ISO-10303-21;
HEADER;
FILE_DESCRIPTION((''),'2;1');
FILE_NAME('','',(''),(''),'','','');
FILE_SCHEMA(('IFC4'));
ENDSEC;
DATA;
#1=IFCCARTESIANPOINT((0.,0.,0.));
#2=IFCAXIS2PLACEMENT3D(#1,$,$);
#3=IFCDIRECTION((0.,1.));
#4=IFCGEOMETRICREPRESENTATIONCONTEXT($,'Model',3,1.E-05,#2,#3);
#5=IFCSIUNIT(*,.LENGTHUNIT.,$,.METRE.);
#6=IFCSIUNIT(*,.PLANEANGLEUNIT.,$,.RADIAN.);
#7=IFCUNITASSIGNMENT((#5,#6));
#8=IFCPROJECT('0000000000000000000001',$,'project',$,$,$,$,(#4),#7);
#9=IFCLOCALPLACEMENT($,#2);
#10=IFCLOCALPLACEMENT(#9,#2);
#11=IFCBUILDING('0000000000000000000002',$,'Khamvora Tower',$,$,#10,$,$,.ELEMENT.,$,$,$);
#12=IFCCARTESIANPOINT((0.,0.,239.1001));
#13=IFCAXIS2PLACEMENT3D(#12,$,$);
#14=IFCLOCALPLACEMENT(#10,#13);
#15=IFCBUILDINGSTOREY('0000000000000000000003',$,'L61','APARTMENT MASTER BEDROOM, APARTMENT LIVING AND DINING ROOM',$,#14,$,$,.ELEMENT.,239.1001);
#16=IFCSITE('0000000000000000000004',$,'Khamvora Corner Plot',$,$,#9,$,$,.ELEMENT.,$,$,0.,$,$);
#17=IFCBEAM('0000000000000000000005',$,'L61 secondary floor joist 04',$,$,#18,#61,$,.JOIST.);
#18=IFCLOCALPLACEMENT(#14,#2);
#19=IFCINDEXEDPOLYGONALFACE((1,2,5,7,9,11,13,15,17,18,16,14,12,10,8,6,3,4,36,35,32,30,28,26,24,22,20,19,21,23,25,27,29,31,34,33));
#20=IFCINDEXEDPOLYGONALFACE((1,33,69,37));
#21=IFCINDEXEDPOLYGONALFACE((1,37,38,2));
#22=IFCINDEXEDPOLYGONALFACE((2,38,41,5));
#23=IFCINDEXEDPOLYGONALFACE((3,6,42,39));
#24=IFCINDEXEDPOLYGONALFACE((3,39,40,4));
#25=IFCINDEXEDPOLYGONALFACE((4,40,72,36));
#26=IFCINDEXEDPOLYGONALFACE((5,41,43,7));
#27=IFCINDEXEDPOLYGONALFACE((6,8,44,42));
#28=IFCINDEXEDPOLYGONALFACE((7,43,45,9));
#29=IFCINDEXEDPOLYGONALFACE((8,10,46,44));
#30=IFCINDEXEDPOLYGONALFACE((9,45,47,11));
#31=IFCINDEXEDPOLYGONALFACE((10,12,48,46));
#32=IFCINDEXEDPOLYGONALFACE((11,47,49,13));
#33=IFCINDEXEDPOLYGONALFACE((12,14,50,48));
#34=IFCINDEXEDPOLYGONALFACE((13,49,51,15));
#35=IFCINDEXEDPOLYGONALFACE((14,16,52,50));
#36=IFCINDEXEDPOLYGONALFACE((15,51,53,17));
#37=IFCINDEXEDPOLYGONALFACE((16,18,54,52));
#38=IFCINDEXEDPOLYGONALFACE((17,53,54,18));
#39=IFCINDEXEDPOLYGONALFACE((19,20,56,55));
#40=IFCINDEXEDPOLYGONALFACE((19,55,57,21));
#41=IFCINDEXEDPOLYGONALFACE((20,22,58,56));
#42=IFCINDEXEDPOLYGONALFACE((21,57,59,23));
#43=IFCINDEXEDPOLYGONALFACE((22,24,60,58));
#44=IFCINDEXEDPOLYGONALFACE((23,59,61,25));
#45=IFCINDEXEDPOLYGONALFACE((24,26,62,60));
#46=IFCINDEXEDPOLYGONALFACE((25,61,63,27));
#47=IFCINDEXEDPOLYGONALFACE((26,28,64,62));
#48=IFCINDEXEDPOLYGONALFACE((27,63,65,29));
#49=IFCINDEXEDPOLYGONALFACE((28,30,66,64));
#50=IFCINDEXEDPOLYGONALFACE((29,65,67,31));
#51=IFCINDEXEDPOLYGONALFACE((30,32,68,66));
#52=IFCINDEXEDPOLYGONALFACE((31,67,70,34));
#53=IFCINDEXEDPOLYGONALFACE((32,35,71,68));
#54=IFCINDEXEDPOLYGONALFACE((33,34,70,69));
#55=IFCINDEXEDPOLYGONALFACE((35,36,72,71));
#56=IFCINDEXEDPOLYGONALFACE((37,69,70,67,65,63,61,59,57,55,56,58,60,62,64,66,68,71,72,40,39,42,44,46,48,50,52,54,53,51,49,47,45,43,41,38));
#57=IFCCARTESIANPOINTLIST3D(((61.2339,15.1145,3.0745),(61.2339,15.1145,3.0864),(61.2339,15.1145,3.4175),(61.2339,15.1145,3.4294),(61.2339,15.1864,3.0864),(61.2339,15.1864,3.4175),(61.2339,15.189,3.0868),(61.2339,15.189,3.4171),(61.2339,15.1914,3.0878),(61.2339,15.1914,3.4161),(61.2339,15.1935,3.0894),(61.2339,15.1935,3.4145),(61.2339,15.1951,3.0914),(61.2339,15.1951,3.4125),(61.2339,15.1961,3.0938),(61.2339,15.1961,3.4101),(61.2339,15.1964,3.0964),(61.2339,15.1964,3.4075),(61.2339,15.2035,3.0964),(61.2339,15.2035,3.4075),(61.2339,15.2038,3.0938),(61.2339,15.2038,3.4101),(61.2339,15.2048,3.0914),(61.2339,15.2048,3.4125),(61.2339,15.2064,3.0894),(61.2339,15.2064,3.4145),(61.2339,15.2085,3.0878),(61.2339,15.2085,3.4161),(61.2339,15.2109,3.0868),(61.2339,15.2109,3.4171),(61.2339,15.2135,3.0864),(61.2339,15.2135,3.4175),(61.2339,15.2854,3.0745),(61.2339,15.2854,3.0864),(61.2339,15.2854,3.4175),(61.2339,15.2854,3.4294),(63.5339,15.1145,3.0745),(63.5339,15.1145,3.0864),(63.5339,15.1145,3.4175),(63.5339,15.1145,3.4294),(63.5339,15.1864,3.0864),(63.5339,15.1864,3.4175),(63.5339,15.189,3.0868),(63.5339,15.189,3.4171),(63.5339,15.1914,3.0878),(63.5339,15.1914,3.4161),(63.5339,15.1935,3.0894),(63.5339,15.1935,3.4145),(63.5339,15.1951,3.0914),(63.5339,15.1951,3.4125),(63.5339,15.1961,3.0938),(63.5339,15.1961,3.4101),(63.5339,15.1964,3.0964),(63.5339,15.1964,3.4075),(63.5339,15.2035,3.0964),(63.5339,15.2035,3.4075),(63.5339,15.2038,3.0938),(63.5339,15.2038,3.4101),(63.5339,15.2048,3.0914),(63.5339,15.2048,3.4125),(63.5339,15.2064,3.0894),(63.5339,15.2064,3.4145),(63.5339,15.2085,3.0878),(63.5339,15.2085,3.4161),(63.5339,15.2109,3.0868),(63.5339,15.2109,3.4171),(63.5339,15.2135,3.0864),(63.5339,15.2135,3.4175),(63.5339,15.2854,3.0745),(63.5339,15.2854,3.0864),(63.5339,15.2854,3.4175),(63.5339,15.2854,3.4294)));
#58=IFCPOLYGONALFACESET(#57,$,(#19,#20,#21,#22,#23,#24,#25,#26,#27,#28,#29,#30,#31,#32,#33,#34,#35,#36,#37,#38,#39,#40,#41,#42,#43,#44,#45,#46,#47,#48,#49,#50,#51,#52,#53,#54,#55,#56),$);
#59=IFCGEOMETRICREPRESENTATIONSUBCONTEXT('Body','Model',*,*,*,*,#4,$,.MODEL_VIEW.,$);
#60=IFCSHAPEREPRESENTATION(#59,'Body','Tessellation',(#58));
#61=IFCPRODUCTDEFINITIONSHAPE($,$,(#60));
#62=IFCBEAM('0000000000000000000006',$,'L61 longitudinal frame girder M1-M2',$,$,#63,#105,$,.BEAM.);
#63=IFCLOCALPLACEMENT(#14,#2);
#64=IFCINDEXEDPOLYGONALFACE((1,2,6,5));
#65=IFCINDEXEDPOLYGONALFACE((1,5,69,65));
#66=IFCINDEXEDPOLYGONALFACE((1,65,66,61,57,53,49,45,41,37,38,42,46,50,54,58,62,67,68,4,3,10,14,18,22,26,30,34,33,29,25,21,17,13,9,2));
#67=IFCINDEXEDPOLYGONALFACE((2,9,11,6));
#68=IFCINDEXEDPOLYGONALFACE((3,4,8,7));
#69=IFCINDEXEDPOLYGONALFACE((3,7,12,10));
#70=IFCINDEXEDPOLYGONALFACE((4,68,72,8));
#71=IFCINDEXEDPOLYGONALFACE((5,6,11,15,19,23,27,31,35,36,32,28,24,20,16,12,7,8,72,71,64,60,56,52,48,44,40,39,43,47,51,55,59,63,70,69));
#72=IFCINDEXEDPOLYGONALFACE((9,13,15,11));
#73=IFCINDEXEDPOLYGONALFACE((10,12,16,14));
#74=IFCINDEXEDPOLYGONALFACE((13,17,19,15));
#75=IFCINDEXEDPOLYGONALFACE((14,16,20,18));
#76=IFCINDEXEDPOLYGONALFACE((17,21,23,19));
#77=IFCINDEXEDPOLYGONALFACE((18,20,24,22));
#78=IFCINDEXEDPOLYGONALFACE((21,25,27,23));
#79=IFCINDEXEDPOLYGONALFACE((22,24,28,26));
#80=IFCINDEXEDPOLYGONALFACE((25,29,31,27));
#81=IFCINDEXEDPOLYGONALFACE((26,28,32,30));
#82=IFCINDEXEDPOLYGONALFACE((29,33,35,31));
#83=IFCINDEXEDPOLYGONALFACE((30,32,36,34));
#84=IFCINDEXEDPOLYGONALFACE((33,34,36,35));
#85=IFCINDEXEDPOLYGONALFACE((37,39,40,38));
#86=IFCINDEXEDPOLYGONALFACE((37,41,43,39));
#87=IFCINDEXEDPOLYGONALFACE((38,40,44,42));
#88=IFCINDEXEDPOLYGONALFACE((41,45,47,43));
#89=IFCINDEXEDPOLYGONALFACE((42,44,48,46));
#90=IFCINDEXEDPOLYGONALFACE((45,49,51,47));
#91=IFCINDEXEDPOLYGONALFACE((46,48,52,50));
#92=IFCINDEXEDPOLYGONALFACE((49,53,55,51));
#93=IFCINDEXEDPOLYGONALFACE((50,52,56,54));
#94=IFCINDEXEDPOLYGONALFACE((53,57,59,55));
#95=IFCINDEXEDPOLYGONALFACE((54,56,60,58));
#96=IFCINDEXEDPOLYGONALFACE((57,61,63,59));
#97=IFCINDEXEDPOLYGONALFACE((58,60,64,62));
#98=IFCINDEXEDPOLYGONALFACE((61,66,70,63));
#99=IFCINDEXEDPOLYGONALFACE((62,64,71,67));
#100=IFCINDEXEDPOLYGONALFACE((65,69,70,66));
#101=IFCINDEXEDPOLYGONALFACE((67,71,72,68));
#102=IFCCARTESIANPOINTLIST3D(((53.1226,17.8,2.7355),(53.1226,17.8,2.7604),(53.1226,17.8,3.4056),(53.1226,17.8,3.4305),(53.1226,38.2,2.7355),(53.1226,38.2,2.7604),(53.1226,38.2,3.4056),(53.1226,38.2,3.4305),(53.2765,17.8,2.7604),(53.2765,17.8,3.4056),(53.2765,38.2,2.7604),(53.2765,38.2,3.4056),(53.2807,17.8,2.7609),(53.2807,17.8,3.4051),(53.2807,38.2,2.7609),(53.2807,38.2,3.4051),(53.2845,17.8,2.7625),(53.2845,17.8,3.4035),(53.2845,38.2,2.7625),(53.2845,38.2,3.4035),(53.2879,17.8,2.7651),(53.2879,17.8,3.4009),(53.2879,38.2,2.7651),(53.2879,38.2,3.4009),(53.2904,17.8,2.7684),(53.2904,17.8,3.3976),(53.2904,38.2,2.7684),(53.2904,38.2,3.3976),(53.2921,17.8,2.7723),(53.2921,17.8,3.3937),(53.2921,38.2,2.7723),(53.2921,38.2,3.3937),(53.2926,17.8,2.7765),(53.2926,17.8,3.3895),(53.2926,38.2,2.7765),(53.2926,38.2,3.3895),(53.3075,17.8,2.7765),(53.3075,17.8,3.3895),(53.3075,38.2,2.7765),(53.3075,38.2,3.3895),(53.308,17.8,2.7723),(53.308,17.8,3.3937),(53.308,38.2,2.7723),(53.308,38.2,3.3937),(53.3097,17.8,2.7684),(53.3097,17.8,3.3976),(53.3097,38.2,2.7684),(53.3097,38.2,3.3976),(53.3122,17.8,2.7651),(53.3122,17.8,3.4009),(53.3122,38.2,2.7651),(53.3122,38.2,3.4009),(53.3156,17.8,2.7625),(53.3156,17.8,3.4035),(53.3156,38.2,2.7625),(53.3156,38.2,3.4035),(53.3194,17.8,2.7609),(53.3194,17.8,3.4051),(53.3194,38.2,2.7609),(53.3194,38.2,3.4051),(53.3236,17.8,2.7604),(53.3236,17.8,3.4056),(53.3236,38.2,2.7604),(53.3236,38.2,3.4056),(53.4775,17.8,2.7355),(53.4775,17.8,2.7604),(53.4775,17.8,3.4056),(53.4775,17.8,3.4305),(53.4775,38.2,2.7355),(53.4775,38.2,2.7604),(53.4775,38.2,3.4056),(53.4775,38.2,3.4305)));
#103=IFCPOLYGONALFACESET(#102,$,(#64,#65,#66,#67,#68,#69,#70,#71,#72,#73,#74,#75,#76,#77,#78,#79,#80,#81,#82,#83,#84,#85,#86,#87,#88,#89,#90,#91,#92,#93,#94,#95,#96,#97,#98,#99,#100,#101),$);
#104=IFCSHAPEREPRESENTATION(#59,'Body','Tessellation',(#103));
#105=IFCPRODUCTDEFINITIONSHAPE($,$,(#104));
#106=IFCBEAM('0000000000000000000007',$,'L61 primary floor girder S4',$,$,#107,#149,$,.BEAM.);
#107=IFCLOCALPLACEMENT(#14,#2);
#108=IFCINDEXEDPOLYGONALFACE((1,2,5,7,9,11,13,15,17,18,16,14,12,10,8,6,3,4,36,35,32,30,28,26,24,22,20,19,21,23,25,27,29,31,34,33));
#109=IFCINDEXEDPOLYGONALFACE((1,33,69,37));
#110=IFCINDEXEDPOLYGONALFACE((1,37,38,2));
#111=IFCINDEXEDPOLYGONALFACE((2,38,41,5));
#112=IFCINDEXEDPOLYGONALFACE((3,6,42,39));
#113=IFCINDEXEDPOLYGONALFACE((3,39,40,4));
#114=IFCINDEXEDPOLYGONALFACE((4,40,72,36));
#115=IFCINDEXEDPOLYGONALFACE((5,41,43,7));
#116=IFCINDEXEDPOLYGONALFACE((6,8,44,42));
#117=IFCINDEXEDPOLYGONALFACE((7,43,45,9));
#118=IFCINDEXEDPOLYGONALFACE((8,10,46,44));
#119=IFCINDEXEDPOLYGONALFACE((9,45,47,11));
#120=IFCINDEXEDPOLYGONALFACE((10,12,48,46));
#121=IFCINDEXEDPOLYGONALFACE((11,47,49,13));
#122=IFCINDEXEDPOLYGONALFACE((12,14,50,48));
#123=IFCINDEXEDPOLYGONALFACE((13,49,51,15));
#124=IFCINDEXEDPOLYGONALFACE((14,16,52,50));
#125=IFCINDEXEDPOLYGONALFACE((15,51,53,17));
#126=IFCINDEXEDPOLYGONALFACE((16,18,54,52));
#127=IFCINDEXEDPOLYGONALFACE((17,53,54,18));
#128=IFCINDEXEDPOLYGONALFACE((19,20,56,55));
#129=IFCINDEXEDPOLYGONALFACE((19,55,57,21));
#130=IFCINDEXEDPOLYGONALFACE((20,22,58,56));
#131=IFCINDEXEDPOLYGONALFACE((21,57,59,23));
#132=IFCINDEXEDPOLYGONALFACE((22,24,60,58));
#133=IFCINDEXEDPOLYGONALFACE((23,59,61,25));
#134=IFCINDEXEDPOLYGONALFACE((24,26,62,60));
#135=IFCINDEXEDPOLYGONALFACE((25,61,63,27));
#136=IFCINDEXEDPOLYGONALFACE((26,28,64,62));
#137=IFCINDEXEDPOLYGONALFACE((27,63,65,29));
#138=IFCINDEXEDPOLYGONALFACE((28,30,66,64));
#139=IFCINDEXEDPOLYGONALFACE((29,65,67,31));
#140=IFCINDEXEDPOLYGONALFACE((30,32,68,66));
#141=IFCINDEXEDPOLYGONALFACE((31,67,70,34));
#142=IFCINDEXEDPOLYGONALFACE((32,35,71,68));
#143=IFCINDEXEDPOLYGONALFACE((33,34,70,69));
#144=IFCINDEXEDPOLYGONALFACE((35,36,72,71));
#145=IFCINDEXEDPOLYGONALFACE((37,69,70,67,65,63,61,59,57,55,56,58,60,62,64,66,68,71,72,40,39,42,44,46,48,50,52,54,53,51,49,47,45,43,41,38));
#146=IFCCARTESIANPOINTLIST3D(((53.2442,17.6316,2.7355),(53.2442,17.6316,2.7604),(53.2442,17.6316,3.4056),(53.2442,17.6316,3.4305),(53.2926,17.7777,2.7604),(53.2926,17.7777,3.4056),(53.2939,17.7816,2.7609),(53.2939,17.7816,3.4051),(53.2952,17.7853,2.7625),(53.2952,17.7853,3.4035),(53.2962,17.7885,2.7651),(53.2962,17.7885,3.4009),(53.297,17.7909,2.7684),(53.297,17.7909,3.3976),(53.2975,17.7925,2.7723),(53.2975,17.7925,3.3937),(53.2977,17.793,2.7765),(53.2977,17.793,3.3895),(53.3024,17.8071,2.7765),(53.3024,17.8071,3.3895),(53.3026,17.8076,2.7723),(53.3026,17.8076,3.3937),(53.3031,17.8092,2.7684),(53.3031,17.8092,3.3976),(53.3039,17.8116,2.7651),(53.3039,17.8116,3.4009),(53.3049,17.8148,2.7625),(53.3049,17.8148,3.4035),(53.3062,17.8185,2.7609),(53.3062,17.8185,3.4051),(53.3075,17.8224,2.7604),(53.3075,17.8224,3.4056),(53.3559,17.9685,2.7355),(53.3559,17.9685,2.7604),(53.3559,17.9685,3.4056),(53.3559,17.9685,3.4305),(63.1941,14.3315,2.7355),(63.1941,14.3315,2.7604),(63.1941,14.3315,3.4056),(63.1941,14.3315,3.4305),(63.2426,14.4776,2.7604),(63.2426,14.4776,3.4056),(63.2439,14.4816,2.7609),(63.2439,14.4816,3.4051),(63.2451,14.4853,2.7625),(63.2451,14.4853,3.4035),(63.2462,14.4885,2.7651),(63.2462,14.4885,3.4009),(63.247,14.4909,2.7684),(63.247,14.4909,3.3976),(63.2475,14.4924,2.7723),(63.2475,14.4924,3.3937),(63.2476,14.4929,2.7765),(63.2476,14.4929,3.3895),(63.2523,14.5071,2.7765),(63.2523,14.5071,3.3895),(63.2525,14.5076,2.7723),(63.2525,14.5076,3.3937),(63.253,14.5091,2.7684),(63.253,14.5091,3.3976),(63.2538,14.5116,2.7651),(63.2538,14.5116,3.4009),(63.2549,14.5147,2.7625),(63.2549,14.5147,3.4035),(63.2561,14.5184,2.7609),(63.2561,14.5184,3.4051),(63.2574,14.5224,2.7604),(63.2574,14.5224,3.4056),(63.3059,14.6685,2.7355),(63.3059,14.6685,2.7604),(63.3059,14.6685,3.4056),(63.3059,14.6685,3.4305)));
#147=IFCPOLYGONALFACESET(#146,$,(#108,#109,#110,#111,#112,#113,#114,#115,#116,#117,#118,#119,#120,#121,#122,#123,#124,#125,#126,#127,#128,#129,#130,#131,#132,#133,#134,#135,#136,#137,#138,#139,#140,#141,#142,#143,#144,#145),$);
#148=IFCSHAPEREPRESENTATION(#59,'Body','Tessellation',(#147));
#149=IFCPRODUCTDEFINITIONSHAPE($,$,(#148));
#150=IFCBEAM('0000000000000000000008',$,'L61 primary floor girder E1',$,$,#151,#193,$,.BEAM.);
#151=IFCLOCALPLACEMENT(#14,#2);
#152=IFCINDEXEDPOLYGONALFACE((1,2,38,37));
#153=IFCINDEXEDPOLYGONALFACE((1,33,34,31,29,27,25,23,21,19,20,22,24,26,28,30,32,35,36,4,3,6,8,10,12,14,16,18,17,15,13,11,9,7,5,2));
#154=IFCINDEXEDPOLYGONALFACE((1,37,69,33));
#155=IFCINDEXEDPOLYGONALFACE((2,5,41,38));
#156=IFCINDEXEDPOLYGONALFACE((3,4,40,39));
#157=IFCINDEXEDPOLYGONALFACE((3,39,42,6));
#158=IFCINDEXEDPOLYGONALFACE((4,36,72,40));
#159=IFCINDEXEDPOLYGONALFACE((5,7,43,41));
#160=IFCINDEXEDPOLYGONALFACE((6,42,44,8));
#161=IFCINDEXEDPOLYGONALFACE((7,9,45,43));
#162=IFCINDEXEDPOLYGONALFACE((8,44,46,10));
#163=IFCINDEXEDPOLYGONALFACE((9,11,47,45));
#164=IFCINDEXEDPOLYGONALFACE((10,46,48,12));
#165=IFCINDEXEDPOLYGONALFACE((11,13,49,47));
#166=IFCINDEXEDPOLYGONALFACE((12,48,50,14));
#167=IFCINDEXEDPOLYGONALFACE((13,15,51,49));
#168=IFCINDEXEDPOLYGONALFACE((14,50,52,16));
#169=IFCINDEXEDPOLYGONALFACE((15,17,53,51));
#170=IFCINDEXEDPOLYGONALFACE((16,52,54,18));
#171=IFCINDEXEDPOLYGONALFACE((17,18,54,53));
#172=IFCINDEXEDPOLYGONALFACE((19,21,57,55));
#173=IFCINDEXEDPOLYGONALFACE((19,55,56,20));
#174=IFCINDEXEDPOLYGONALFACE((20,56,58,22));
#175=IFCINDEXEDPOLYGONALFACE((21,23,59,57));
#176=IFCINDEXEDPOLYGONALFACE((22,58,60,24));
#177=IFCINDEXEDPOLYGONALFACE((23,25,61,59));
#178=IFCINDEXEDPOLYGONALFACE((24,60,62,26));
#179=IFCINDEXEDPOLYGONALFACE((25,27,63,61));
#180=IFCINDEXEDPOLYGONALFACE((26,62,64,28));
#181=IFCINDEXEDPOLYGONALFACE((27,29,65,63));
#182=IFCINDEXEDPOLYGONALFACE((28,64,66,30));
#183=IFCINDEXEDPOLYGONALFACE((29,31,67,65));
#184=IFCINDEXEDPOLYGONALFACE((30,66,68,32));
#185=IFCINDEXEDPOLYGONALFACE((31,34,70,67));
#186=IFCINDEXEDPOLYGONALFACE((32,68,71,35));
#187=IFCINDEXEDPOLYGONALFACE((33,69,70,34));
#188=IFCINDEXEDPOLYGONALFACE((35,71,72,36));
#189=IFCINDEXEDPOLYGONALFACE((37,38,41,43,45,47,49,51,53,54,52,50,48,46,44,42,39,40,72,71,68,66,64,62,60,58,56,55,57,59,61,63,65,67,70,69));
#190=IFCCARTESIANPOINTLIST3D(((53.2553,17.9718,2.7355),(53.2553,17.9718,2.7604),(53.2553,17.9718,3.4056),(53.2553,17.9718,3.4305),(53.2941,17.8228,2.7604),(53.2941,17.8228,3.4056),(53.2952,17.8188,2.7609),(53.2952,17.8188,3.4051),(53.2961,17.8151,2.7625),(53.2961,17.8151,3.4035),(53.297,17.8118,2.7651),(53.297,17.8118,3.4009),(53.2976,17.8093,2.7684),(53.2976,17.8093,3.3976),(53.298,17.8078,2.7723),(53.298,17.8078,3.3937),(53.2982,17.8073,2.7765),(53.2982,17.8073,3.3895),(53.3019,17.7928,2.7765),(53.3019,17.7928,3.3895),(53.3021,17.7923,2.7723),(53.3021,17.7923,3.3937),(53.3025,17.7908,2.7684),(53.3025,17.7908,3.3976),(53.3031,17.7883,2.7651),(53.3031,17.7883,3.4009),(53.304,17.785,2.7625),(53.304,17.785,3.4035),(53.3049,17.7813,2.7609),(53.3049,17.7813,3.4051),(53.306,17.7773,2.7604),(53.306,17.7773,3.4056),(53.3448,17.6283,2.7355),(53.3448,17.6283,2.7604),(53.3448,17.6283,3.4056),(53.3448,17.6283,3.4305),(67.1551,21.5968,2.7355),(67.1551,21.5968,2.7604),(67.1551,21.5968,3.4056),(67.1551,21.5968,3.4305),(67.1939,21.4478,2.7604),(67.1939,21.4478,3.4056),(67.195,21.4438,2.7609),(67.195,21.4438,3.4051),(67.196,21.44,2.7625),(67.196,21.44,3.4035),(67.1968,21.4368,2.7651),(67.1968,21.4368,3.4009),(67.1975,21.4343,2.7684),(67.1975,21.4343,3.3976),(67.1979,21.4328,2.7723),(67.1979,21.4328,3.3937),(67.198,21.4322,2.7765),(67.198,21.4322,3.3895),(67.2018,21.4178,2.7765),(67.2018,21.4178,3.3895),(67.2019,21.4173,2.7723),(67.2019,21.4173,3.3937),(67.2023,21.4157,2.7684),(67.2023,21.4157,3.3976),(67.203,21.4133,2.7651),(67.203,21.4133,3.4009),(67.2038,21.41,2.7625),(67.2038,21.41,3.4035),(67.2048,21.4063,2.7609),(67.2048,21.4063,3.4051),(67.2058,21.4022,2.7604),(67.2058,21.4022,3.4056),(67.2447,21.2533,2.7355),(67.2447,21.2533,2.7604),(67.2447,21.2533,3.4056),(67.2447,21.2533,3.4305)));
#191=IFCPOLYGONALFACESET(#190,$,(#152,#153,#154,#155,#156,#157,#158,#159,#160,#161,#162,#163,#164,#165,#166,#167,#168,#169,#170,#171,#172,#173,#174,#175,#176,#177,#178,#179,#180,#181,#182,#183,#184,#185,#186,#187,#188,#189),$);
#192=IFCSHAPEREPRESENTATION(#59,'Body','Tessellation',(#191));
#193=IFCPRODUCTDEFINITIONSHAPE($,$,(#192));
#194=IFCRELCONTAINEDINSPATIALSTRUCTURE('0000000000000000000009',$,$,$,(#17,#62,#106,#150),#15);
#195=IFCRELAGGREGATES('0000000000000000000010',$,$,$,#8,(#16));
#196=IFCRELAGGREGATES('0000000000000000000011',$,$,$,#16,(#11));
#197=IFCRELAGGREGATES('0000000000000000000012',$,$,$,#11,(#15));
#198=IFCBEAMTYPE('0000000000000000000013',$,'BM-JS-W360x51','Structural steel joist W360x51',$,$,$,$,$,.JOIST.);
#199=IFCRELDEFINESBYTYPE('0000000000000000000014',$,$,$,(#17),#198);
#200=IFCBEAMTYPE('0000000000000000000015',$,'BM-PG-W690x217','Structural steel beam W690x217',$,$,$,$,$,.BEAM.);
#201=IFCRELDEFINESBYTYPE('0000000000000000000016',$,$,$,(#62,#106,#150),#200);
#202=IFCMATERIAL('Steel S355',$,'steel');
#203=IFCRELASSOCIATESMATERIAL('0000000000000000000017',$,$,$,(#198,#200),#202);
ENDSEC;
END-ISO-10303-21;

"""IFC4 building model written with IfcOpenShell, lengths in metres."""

from ifc_helpers import new_model, si_unit, direction, frame, origin, origin_2d, place, context, subcontext, project, spatial, i_section, extrude, material, material_profile, profile_set, type_object, element, save


model = new_model("IFC4")

# Units and contexts
model_context = context("Model", 3, precision=1e-05, world=origin(), true_north=direction((0.0, 1.0)))
body_context = subcontext(model_context, "Body", "Model", "MODEL_VIEW")
ifc_project = project(units=[si_unit("LENGTHUNIT", "METRE"), si_unit("PLANEANGLEUNIT", "RADIAN")], contexts=[model_context])

# Site, building, storey
site_placement = place(None, origin())
site = spatial("IfcSite", under=ifc_project, at=site_placement, Name="Khamvora Corner Plot", CompositionType="ELEMENT", RefElevation=0.0)
building_placement = place(site_placement, origin())
building = spatial("IfcBuilding", under=site, at=building_placement, Name="Khamvora Tower", CompositionType="ELEMENT")
storey_placement = place(building_placement, frame((0.0, 0.0, 239.1001)))
storey = spatial("IfcBuildingStorey", under=building, at=storey_placement, Name="L61", Description="APARTMENT MASTER BEDROOM, APARTMENT LIVING AND DINING ROOM", CompositionType="ELEMENT", Elevation=239.1001)

# Beams
ifc_material_1 = material(Name="Steel S355", Category="steel")
ifc_material_profile_1 = material_profile(ifc_material_1, i_section(OverallWidth=0.1709, OverallDepth=0.355, WebThickness=0.0071, FlangeThickness=0.012, FilletRadius=0.01, at=origin_2d()), Name="W360x51")
ifc_profile_set_1 = profile_set([ifc_material_profile_1], Name="Steel S355")
beam_type_1 = type_object("IfcBeamType", Name="BM-JS-W360x51", Description="Structural steel joist W360x51", PredefinedType="JOIST", material=ifc_profile_set_1)
beam_1_placement = place(storey_placement, frame((61.2339, 15.2, 3.252), z_axis=(1.0, 0.0, 0.0), x_axis=(0.0, 1.0, 0.0)))
element("IfcBeam", 1, at=beam_1_placement, inside=storey, type_object=beam_type_1, Name="L61 secondary floor joist 04", PredefinedType="JOIST", context=body_context, shape_type="SweptSolid", body=[
    extrude(i_section(OverallWidth=0.1709, OverallDepth=0.355, WebThickness=0.0071, FlangeThickness=0.012, FilletRadius=0.01, at=origin_2d()), origin(), (0.0, 0.0, 1.0), 2.3),
])
ifc_material_profile_2 = material_profile(ifc_material_1, i_section(OverallWidth=0.355, OverallDepth=0.6951, WebThickness=0.0149, FlangeThickness=0.0249, FilletRadius=0.0161, at=origin_2d()), Name="W690x217")
ifc_profile_set_2 = profile_set([ifc_material_profile_2], Name="Steel S355")
beam_type_2 = type_object("IfcBeamType", Name="BM-PG-W690x217", Description="Structural steel beam W690x217", PredefinedType="BEAM", material=ifc_profile_set_2)
beam_2_placement = place(storey_placement, frame((53.3, 17.8, 3.083), z_axis=(0.0, 1.0, 0.0), x_axis=(-1.0, 0.0, 0.0)))
element("IfcBeam", 2, at=beam_2_placement, inside=storey, type_object=beam_type_2, Name="L61 longitudinal frame girder M1-M2", PredefinedType="BEAM", context=body_context, shape_type="SweptSolid", body=[
    extrude(i_section(OverallWidth=0.355, OverallDepth=0.6951, WebThickness=0.0149, FlangeThickness=0.0249, FilletRadius=0.0161, at=origin_2d()), origin(), (0.0, 0.0, 1.0), 20.3999),
])
beam_3_placement = place(storey_placement, frame((53.3, 17.8, 3.083), z_axis=(0.949157, -0.314802, 0.0), x_axis=(0.314802, 0.949157, 0.0)))
element("IfcBeam", 3, at=beam_3_placement, inside=storey, type_object=beam_type_2, Name="L61 primary floor girder S4", PredefinedType="BEAM", context=body_context, shape_type="SweptSolid", body=[
    extrude(i_section(OverallWidth=0.355, OverallDepth=0.6951, WebThickness=0.0149, FlangeThickness=0.0249, FilletRadius=0.0161, at=origin_2d()), origin(), (0.0, 0.0, 1.0), 10.4829),
])
beam_4_placement = place(storey_placement, frame((53.3, 17.8, 3.083), z_axis=(0.967635, 0.252353, 0.0), x_axis=(-0.252353, 0.967635, 0.0)))
element("IfcBeam", 4, at=beam_4_placement, inside=storey, type_object=beam_type_2, Name="L61 primary floor girder E1", PredefinedType="BEAM", context=body_context, shape_type="SweptSolid", body=[
    extrude(i_section(OverallWidth=0.355, OverallDepth=0.6951, WebThickness=0.0149, FlangeThickness=0.0249, FilletRadius=0.0161, at=origin_2d()), origin(), (0.0, 0.0, 1.0), 14.3647),
])

save(model, "model.ifc")
